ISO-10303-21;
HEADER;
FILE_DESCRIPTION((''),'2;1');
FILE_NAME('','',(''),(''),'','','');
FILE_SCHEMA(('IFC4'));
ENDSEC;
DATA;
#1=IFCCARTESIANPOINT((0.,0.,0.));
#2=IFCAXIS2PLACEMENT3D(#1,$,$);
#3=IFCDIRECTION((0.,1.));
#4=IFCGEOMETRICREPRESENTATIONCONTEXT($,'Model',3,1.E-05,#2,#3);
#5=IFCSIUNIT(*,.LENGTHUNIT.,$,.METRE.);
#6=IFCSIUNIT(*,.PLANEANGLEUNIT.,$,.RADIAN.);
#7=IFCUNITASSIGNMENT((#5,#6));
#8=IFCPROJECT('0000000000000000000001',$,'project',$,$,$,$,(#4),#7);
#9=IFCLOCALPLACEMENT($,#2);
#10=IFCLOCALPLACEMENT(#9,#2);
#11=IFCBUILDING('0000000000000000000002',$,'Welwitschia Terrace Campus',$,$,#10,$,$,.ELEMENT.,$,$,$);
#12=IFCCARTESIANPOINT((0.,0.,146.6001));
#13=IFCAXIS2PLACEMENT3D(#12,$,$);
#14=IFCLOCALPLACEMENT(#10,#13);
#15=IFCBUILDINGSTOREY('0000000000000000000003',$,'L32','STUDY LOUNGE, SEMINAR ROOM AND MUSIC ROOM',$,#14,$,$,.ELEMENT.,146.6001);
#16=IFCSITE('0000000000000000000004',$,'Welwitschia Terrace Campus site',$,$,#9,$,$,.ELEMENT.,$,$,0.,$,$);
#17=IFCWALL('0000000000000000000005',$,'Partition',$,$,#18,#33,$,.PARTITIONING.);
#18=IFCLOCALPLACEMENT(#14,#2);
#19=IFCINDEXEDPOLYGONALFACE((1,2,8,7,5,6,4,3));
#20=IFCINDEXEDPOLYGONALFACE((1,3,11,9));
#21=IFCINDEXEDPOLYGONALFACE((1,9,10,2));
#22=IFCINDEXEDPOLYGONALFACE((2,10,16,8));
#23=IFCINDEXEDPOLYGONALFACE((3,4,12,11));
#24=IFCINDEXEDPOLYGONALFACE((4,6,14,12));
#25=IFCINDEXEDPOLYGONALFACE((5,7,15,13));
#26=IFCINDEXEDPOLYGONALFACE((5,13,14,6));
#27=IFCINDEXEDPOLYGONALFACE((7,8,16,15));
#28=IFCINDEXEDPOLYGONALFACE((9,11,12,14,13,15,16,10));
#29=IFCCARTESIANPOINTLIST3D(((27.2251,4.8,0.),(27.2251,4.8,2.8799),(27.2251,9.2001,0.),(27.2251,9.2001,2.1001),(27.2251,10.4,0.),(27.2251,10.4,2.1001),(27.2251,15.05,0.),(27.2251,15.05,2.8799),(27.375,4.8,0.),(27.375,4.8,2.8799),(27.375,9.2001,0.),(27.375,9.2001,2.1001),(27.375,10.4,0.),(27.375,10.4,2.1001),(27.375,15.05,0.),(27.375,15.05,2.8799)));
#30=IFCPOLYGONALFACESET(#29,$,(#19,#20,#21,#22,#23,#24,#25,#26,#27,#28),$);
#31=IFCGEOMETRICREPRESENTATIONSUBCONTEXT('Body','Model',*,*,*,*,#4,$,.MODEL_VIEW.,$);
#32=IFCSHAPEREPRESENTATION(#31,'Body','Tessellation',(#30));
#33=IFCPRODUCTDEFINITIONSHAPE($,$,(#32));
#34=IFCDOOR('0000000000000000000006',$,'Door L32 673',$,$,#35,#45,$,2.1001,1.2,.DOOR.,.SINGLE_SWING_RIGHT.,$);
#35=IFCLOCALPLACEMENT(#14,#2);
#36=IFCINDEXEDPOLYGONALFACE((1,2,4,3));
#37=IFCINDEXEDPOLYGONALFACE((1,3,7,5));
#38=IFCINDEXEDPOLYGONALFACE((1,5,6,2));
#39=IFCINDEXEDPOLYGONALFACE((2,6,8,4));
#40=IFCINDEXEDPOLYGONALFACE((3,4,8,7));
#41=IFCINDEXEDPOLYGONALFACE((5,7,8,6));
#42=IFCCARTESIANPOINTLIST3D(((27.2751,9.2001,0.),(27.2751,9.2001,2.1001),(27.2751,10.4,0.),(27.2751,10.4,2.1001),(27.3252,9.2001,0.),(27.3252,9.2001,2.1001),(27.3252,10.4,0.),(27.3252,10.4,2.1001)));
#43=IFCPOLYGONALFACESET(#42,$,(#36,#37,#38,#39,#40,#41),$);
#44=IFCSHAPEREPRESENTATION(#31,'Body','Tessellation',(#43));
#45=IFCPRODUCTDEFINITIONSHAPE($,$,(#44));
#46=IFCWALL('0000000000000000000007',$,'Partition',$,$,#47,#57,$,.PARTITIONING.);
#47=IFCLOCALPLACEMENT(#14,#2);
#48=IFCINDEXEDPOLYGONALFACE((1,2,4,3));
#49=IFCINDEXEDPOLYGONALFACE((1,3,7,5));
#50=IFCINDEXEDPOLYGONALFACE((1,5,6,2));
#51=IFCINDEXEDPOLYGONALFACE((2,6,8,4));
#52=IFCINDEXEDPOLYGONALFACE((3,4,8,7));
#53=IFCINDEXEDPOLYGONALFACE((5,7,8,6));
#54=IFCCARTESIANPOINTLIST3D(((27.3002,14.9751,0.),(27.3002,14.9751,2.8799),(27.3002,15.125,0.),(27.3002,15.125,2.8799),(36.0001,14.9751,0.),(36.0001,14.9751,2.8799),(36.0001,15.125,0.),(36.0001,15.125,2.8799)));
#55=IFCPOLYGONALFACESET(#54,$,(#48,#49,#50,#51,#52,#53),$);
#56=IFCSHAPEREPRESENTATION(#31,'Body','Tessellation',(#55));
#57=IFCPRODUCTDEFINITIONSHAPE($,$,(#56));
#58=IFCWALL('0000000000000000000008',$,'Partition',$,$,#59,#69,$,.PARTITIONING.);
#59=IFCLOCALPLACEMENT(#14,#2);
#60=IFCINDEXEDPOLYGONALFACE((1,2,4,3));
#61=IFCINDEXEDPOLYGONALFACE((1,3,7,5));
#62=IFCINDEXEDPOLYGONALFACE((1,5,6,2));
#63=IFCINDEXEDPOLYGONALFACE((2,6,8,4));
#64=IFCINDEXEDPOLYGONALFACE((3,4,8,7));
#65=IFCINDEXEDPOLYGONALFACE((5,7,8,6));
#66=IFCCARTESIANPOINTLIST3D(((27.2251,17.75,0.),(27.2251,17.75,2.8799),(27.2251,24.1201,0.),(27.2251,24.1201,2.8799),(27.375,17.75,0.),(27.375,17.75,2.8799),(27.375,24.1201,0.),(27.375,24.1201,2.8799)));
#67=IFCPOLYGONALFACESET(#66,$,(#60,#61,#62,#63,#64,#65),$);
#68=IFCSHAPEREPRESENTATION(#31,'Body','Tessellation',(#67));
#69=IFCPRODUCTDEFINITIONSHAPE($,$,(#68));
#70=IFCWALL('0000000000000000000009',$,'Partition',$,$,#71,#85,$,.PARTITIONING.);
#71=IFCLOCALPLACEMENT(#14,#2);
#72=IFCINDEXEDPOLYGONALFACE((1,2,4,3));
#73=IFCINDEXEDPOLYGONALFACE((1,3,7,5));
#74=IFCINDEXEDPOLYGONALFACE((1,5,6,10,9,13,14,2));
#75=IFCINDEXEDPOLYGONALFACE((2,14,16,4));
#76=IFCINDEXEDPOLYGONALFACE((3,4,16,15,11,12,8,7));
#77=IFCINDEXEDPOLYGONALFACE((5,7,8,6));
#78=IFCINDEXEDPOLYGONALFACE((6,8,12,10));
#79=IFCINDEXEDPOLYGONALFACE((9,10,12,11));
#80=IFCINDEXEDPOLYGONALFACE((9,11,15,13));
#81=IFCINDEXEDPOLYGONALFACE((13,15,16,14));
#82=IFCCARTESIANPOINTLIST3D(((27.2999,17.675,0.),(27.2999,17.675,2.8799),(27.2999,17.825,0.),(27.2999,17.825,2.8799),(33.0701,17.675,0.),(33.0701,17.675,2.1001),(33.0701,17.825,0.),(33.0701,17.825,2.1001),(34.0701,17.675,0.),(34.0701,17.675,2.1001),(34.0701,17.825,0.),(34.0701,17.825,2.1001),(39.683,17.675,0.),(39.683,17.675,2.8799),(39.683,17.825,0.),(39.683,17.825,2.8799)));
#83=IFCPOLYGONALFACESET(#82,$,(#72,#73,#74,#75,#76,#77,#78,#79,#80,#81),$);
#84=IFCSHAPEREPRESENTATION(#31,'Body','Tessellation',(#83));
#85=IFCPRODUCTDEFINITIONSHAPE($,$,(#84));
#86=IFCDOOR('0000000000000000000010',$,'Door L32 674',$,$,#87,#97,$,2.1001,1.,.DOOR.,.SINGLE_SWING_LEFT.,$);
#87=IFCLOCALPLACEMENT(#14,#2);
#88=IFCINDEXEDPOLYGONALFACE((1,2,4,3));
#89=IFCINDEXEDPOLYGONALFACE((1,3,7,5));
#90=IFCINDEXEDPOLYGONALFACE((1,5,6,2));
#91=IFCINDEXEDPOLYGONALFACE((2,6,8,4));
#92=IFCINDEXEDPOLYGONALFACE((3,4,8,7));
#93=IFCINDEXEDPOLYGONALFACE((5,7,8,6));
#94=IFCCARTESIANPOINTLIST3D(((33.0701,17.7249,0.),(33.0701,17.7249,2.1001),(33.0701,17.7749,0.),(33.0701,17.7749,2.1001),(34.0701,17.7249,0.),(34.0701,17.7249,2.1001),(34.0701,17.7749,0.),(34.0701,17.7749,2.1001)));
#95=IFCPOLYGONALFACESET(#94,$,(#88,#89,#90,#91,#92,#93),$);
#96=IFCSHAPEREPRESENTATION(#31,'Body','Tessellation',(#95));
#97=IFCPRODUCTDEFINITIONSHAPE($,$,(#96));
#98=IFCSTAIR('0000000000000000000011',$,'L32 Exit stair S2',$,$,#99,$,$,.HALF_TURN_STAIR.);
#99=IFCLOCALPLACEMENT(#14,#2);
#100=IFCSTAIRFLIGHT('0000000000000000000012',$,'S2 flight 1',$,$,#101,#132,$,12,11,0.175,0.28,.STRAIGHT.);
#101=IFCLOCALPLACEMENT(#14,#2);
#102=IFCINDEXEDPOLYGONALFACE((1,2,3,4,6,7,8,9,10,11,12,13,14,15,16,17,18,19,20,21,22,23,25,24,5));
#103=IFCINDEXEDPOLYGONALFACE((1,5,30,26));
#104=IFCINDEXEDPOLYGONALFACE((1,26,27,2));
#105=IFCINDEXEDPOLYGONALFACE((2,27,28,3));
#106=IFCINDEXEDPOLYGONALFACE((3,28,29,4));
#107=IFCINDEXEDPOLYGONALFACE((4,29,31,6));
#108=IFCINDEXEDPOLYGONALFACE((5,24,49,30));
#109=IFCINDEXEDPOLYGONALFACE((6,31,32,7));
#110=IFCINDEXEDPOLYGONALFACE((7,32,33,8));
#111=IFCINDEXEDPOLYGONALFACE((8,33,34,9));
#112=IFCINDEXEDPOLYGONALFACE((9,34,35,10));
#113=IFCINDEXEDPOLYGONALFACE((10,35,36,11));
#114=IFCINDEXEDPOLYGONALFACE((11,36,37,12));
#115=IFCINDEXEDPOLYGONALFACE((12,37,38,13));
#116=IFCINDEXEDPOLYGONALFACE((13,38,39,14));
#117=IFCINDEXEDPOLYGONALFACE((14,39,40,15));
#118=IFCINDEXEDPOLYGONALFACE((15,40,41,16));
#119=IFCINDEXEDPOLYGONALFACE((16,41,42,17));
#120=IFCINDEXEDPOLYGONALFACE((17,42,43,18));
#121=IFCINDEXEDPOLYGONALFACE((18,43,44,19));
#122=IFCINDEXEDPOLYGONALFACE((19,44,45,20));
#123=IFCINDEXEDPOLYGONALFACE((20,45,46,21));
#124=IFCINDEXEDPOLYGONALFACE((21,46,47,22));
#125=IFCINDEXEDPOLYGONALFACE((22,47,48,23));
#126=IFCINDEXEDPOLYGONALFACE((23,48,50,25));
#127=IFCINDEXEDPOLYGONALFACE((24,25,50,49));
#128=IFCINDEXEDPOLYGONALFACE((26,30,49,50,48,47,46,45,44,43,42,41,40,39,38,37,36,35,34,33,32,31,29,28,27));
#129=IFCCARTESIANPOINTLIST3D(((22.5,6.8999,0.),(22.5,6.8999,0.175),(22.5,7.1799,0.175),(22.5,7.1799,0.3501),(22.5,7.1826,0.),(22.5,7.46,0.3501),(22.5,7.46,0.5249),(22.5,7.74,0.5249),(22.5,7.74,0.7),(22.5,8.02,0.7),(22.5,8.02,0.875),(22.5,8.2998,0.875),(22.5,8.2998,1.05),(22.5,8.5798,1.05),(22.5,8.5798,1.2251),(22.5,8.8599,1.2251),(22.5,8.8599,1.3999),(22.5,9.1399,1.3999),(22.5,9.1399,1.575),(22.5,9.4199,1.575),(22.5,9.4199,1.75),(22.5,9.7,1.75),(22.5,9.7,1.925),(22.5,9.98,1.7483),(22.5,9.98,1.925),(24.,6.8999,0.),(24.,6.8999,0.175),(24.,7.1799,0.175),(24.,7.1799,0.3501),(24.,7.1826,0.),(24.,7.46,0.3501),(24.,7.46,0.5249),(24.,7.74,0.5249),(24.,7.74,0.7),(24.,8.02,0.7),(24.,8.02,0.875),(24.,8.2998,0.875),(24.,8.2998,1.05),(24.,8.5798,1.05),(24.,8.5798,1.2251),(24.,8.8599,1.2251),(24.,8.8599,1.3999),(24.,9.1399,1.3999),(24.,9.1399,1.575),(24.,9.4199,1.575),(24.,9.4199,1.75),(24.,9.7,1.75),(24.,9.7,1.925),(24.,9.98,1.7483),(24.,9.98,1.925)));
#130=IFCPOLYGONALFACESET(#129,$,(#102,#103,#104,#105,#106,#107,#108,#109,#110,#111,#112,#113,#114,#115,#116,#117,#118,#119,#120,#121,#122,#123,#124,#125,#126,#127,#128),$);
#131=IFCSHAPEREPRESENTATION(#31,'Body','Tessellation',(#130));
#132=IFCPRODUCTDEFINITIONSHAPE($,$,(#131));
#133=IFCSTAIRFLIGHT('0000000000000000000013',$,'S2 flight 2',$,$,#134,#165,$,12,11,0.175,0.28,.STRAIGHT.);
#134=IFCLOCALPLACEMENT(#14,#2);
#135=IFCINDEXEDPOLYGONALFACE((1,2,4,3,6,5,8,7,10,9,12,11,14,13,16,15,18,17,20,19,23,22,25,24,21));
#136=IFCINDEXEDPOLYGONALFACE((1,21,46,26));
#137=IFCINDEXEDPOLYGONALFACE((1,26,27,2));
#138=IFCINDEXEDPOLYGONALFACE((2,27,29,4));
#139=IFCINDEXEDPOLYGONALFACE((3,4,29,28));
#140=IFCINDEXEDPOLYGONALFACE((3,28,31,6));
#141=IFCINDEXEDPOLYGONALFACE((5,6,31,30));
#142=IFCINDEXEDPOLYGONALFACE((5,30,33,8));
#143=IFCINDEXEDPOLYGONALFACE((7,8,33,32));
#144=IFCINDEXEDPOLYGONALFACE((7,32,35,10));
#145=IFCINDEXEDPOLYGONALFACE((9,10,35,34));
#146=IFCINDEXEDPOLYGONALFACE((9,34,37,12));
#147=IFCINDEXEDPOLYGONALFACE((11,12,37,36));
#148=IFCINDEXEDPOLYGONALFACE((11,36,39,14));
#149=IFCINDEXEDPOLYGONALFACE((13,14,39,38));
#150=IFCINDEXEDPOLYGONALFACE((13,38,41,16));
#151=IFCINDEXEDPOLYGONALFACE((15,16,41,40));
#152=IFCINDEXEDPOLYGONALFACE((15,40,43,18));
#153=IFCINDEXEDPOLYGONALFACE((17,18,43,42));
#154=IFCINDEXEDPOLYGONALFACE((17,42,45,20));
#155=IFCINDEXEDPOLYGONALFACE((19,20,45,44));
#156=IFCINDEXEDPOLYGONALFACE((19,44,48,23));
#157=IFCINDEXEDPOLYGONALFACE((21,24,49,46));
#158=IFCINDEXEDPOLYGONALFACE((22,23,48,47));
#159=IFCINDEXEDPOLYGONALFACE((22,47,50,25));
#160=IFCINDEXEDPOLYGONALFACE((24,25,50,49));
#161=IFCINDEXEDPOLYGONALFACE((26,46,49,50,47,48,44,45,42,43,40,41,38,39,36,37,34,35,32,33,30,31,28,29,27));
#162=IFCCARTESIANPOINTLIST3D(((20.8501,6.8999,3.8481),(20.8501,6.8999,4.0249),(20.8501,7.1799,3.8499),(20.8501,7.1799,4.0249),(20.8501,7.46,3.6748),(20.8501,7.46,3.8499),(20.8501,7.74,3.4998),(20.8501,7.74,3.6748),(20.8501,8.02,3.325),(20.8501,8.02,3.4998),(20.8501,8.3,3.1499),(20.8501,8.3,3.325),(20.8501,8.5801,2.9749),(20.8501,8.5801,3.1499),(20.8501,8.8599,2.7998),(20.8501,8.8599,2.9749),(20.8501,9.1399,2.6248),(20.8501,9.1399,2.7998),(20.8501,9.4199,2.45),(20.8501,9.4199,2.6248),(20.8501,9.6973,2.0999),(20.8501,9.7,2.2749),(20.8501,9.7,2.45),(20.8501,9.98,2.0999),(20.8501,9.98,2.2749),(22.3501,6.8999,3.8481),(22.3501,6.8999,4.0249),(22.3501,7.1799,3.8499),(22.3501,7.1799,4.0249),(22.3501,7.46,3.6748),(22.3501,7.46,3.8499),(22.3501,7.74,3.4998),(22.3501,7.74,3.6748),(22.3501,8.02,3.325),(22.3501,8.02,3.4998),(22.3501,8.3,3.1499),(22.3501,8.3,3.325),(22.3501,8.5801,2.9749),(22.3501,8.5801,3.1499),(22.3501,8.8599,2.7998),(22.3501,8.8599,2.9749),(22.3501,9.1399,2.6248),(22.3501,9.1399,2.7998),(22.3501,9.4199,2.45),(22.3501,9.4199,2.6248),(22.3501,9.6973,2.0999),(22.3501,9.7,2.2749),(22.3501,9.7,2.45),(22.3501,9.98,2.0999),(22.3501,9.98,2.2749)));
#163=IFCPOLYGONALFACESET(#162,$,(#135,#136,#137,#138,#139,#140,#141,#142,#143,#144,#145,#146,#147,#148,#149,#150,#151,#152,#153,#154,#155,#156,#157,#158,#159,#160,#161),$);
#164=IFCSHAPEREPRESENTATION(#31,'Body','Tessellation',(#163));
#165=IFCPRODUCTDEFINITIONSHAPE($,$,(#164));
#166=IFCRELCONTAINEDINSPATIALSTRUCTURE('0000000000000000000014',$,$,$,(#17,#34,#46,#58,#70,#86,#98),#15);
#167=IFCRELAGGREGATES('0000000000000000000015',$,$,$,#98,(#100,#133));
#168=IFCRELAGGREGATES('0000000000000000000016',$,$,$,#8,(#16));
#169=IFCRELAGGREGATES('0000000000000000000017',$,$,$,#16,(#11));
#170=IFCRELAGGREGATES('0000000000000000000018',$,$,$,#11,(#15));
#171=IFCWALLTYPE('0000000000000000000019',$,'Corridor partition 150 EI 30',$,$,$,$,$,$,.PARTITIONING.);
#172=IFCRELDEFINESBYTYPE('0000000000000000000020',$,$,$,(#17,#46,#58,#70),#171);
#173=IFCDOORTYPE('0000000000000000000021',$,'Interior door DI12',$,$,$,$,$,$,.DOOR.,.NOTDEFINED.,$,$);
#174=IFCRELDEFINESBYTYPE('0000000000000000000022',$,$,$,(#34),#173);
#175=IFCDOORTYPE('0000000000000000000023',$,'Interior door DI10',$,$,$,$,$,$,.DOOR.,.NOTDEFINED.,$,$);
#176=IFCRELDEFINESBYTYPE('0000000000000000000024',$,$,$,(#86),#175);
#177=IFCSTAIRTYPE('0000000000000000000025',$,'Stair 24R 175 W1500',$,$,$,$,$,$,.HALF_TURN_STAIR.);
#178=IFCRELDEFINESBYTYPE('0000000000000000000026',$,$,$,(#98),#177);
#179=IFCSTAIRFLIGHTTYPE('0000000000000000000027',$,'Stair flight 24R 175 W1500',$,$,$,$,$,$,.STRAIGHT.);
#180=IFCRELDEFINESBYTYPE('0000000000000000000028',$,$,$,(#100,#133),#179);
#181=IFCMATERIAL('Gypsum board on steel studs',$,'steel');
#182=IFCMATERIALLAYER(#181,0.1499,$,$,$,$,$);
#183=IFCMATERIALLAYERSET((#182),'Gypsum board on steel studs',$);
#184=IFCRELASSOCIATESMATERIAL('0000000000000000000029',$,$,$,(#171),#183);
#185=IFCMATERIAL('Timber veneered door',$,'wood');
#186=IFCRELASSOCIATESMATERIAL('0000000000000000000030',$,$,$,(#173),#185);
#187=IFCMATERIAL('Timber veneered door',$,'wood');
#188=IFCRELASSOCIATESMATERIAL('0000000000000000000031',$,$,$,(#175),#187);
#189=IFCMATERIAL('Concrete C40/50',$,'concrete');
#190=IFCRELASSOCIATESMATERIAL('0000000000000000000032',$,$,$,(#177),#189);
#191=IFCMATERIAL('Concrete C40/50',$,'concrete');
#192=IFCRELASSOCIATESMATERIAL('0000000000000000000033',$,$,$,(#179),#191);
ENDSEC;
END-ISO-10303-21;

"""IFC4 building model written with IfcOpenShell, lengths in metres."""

from ifc_helpers import new_model, si_unit, direction, frame, frame_2d, origin, place, context, subcontext, project, spatial, polyline, rectangle, outline, extrude, material, layer, layer_set, type_object, element, fill, aggregate, save


model = new_model("IFC4")

# Units and contexts
model_context = context("Model", 3, precision=1e-05, world=origin(), true_north=direction((0.0, 1.0)))
body_context = subcontext(model_context, "Body", "Model", "MODEL_VIEW")
ifc_project = project(units=[si_unit("LENGTHUNIT", "METRE"), si_unit("PLANEANGLEUNIT", "RADIAN")], contexts=[model_context])

# Site, building, storey
site_placement = place(None, origin())
site = spatial("IfcSite", under=ifc_project, at=site_placement, Name="Welwitschia Terrace Campus site", CompositionType="ELEMENT", RefElevation=0.0)
building_placement = place(site_placement, origin())
building = spatial("IfcBuilding", under=site, at=building_placement, Name="Welwitschia Terrace Campus", CompositionType="ELEMENT")
storey_placement = place(building_placement, frame((0.0, 0.0, 146.6001)))
storey = spatial("IfcBuildingStorey", under=building, at=storey_placement, Name="L32", Description="STUDY LOUNGE, SEMINAR ROOM AND MUSIC ROOM", CompositionType="ELEMENT", Elevation=146.6001)

# Shared definitions
ifc_material_1 = material(Name="Gypsum board on steel studs", Category="steel")
ifc_layer_1 = layer(ifc_material_1, 0.1499)
ifc_layer_set_1 = layer_set([ifc_layer_1], Name="Gypsum board on steel studs")
wall_type_1 = type_object("IfcWallType", Name="Corridor partition 150 EI 30", PredefinedType="PARTITIONING", material=ifc_layer_set_1)

# Wall, opening, door
wall_1_placement = place(storey_placement, frame((27.3, 4.8, 0.0), z_axis=(0.0, 0.0, 1.0), x_axis=(0.0, 1.0, 0.0)))
wall_1 = element("IfcWall", 1, at=wall_1_placement, inside=storey, type_object=wall_type_1, Name="Partition", PredefinedType="PARTITIONING", context=body_context, shape_type="SweptSolid", body=[
    extrude(rectangle(XDim=10.25, YDim=0.1499, at=frame_2d((5.125, 0.0))), origin(), (0.0, 0.0, 1.0), 2.8799),
])
opening_1_placement = place(wall_1_placement, frame((4.3999, 0.0, 0.0)))
opening_1 = element("IfcOpeningElement", 2, at=opening_1_placement, cuts=wall_1, PredefinedType="OPENING", context=body_context, shape_type="SweptSolid", body=[
    extrude(rectangle(XDim=1.2, YDim=2.1001, at=frame_2d((0.6001, 1.05))), frame((0.0, 0.085, 0.0), z_axis=(0.0, -1.0, 0.0), x_axis=(1.0, 0.0, 0.0)), (0.0, 0.0, 1.0), 0.1699),
])
ifc_material_2 = material(Name="Timber veneered door", Category="wood")
door_type_1 = type_object("IfcDoorType", Name="Interior door DI12", OperationType="NOTDEFINED", PredefinedType="DOOR", material=ifc_material_2)
door_1_placement = place(opening_1_placement, origin())
door_1 = element("IfcDoor", 3, at=door_1_placement, inside=storey, type_object=door_type_1, Name="Door L32 673", OperationType="SINGLE_SWING_RIGHT", OverallHeight=2.1001, OverallWidth=1.2, PredefinedType="DOOR", context=body_context, shape_type="SweptSolid", body=[
    extrude(rectangle(XDim=1.2, YDim=2.1001, at=frame_2d((0.6001, 1.05))), frame((0.0, 0.0249, 0.0), z_axis=(0.0, -1.0, 0.0), x_axis=(1.0, 0.0, 0.0)), (0.0, 0.0, 1.0), 0.05),
])
fill(opening_1, door_1)

# Walls
wall_2_placement = place(storey_placement, frame((27.3, 15.05, 0.0), z_axis=(0.0, 0.0, 1.0), x_axis=(1.0, 0.0, 0.0)))
element("IfcWall", 4, at=wall_2_placement, inside=storey, type_object=wall_type_1, Name="Partition", PredefinedType="PARTITIONING", context=body_context, shape_type="SweptSolid", body=[
    extrude(rectangle(XDim=8.7, YDim=0.1499, at=frame_2d((4.3501, 0.0))), origin(), (0.0, 0.0, 1.0), 2.8799),
])
wall_3_placement = place(storey_placement, frame((27.3, 17.75, 0.0), z_axis=(0.0, 0.0, 1.0), x_axis=(0.0, 1.0, 0.0)))
element("IfcWall", 5, at=wall_3_placement, inside=storey, type_object=wall_type_1, Name="Partition", PredefinedType="PARTITIONING", context=body_context, shape_type="SweptSolid", body=[
    extrude(rectangle(XDim=6.3701, YDim=0.1499, at=frame_2d((3.1851, 0.0))), origin(), (0.0, 0.0, 1.0), 2.8799),
])

# Wall, opening, door
wall_4_placement = place(storey_placement, frame((27.3, 17.75, 0.0), z_axis=(0.0, 0.0, 1.0), x_axis=(1.0, 0.0, 0.0)))
wall_4 = element("IfcWall", 6, at=wall_4_placement, inside=storey, type_object=wall_type_1, Name="Partition", PredefinedType="PARTITIONING", context=body_context, shape_type="SweptSolid", body=[
    extrude(rectangle(XDim=12.3831, YDim=0.1499, at=frame_2d((6.1914, 0.0))), origin(), (0.0, 0.0, 1.0), 2.8799),
])
opening_2_placement = place(wall_4_placement, frame((5.77, 0.0, 0.0)))
opening_2 = element("IfcOpeningElement", 7, at=opening_2_placement, cuts=wall_4, PredefinedType="OPENING", context=body_context, shape_type="SweptSolid", body=[
    extrude(rectangle(XDim=1.0, YDim=2.1001, at=frame_2d((0.5, 1.05))), frame((0.0, 0.085, 0.0), z_axis=(0.0, -1.0, 0.0), x_axis=(1.0, 0.0, 0.0)), (0.0, 0.0, 1.0), 0.1699),
])
ifc_material_3 = material(Name="Timber veneered door", Category="wood")
door_type_2 = type_object("IfcDoorType", Name="Interior door DI10", OperationType="NOTDEFINED", PredefinedType="DOOR", material=ifc_material_3)
door_2_placement = place(opening_2_placement, origin())
door_2 = element("IfcDoor", 8, at=door_2_placement, inside=storey, type_object=door_type_2, Name="Door L32 674", OperationType="SINGLE_SWING_LEFT", OverallHeight=2.1001, OverallWidth=1.0, PredefinedType="DOOR", context=body_context, shape_type="SweptSolid", body=[
    extrude(rectangle(XDim=1.0, YDim=2.1001, at=frame_2d((0.5, 1.05))), frame((0.0, 0.0249, 0.0), z_axis=(0.0, -1.0, 0.0), x_axis=(1.0, 0.0, 0.0)), (0.0, 0.0, 1.0), 0.05),
])
fill(opening_2, door_2)

# Stair, stair flights
ifc_material_4 = material(Name="Concrete C40/50", Category="concrete")
stair_type = type_object("IfcStairType", Name="Stair 24R 175 W1500", PredefinedType="HALF_TURN_STAIR", material=ifc_material_4)
stair_placement = place(storey_placement, origin())
stair = element("IfcStair", 9, at=stair_placement, inside=storey, type_object=stair_type, Name="L32 Exit stair S2", PredefinedType="HALF_TURN_STAIR")
ifc_material_5 = material(Name="Concrete C40/50", Category="concrete")
stair_flight_type = type_object("IfcStairFlightType", Name="Stair flight 24R 175 W1500", PredefinedType="STRAIGHT", material=ifc_material_5)
stair_flight_1_placement = place(storey_placement, frame((23.25, 6.8999, 0.0), z_axis=(0.0, 0.0, 1.0), x_axis=(0.0, 1.0, 0.0)))
stair_flight_1 = element("IfcStairFlight", 10, at=stair_flight_1_placement, type_object=stair_flight_type, Name="S2 flight 1", NumberOfRisers=12, NumberOfTreads=11, PredefinedType="STRAIGHT", RiserHeight=0.175, TreadLength=0.28, context=body_context, shape_type="SweptSolid", body=[
    extrude(outline(polyline([(0.0, 0.0), (0.0, 0.175), (0.28, 0.175), (0.28, 0.3501), (0.5601, 0.3501), (0.5601, 0.5249), (0.8401, 0.5249), (0.8401, 0.7), (1.1201, 0.7), (1.1201, 0.875), (1.3999, 0.875), (1.3999, 1.05), (1.6799, 1.05), (1.6799, 1.2251), (1.96, 1.2251), (1.96, 1.3999), (2.24, 1.3999), (2.24, 1.575), (2.52, 1.575), (2.52, 1.75), (2.8, 1.75), (2.8, 1.925), (3.0801, 1.925), (3.0801, 2.1001), (3.0801, 1.7483), (0.2827, 0.0), (0.0, 0.0)])), frame((0.0, 0.75, 0.0), z_axis=(0.0, -1.0, 0.0), x_axis=(1.0, 0.0, 0.0)), (0.0, 0.0, 1.0), 1.5),
])
stair_flight_2_placement = place(storey_placement, frame((21.6001, 9.98, 2.0999), z_axis=(0.0, 0.0, 1.0), x_axis=(0.0, -1.0, 0.0)))
stair_flight_2 = element("IfcStairFlight", 11, at=stair_flight_2_placement, type_object=stair_flight_type, Name="S2 flight 2", NumberOfRisers=12, NumberOfTreads=11, PredefinedType="STRAIGHT", RiserHeight=0.175, TreadLength=0.28, context=body_context, shape_type="SweptSolid", body=[
    extrude(outline(polyline([(0.0, 0.0), (0.0, 0.175), (0.28, 0.175), (0.28, 0.3501), (0.5601, 0.3501), (0.5601, 0.5249), (0.8401, 0.5249), (0.8401, 0.7), (1.1201, 0.7), (1.1201, 0.875), (1.3999, 0.875), (1.3999, 1.05), (1.6799, 1.05), (1.6799, 1.2251), (1.96, 1.2251), (1.96, 1.3999), (2.24, 1.3999), (2.24, 1.575), (2.52, 1.575), (2.52, 1.75), (2.8, 1.75), (2.8, 1.925), (3.0801, 1.925), (3.0801, 2.1001), (3.0801, 1.7483), (0.2827, 0.0), (0.0, 0.0)])), frame((0.0, 0.75, 0.0), z_axis=(0.0, -1.0, 0.0), x_axis=(1.0, 0.0, 0.0)), (0.0, 0.0, 1.0), 1.5),
])
aggregate(stair, [stair_flight_1, stair_flight_2])

save(model, "model.ifc")
